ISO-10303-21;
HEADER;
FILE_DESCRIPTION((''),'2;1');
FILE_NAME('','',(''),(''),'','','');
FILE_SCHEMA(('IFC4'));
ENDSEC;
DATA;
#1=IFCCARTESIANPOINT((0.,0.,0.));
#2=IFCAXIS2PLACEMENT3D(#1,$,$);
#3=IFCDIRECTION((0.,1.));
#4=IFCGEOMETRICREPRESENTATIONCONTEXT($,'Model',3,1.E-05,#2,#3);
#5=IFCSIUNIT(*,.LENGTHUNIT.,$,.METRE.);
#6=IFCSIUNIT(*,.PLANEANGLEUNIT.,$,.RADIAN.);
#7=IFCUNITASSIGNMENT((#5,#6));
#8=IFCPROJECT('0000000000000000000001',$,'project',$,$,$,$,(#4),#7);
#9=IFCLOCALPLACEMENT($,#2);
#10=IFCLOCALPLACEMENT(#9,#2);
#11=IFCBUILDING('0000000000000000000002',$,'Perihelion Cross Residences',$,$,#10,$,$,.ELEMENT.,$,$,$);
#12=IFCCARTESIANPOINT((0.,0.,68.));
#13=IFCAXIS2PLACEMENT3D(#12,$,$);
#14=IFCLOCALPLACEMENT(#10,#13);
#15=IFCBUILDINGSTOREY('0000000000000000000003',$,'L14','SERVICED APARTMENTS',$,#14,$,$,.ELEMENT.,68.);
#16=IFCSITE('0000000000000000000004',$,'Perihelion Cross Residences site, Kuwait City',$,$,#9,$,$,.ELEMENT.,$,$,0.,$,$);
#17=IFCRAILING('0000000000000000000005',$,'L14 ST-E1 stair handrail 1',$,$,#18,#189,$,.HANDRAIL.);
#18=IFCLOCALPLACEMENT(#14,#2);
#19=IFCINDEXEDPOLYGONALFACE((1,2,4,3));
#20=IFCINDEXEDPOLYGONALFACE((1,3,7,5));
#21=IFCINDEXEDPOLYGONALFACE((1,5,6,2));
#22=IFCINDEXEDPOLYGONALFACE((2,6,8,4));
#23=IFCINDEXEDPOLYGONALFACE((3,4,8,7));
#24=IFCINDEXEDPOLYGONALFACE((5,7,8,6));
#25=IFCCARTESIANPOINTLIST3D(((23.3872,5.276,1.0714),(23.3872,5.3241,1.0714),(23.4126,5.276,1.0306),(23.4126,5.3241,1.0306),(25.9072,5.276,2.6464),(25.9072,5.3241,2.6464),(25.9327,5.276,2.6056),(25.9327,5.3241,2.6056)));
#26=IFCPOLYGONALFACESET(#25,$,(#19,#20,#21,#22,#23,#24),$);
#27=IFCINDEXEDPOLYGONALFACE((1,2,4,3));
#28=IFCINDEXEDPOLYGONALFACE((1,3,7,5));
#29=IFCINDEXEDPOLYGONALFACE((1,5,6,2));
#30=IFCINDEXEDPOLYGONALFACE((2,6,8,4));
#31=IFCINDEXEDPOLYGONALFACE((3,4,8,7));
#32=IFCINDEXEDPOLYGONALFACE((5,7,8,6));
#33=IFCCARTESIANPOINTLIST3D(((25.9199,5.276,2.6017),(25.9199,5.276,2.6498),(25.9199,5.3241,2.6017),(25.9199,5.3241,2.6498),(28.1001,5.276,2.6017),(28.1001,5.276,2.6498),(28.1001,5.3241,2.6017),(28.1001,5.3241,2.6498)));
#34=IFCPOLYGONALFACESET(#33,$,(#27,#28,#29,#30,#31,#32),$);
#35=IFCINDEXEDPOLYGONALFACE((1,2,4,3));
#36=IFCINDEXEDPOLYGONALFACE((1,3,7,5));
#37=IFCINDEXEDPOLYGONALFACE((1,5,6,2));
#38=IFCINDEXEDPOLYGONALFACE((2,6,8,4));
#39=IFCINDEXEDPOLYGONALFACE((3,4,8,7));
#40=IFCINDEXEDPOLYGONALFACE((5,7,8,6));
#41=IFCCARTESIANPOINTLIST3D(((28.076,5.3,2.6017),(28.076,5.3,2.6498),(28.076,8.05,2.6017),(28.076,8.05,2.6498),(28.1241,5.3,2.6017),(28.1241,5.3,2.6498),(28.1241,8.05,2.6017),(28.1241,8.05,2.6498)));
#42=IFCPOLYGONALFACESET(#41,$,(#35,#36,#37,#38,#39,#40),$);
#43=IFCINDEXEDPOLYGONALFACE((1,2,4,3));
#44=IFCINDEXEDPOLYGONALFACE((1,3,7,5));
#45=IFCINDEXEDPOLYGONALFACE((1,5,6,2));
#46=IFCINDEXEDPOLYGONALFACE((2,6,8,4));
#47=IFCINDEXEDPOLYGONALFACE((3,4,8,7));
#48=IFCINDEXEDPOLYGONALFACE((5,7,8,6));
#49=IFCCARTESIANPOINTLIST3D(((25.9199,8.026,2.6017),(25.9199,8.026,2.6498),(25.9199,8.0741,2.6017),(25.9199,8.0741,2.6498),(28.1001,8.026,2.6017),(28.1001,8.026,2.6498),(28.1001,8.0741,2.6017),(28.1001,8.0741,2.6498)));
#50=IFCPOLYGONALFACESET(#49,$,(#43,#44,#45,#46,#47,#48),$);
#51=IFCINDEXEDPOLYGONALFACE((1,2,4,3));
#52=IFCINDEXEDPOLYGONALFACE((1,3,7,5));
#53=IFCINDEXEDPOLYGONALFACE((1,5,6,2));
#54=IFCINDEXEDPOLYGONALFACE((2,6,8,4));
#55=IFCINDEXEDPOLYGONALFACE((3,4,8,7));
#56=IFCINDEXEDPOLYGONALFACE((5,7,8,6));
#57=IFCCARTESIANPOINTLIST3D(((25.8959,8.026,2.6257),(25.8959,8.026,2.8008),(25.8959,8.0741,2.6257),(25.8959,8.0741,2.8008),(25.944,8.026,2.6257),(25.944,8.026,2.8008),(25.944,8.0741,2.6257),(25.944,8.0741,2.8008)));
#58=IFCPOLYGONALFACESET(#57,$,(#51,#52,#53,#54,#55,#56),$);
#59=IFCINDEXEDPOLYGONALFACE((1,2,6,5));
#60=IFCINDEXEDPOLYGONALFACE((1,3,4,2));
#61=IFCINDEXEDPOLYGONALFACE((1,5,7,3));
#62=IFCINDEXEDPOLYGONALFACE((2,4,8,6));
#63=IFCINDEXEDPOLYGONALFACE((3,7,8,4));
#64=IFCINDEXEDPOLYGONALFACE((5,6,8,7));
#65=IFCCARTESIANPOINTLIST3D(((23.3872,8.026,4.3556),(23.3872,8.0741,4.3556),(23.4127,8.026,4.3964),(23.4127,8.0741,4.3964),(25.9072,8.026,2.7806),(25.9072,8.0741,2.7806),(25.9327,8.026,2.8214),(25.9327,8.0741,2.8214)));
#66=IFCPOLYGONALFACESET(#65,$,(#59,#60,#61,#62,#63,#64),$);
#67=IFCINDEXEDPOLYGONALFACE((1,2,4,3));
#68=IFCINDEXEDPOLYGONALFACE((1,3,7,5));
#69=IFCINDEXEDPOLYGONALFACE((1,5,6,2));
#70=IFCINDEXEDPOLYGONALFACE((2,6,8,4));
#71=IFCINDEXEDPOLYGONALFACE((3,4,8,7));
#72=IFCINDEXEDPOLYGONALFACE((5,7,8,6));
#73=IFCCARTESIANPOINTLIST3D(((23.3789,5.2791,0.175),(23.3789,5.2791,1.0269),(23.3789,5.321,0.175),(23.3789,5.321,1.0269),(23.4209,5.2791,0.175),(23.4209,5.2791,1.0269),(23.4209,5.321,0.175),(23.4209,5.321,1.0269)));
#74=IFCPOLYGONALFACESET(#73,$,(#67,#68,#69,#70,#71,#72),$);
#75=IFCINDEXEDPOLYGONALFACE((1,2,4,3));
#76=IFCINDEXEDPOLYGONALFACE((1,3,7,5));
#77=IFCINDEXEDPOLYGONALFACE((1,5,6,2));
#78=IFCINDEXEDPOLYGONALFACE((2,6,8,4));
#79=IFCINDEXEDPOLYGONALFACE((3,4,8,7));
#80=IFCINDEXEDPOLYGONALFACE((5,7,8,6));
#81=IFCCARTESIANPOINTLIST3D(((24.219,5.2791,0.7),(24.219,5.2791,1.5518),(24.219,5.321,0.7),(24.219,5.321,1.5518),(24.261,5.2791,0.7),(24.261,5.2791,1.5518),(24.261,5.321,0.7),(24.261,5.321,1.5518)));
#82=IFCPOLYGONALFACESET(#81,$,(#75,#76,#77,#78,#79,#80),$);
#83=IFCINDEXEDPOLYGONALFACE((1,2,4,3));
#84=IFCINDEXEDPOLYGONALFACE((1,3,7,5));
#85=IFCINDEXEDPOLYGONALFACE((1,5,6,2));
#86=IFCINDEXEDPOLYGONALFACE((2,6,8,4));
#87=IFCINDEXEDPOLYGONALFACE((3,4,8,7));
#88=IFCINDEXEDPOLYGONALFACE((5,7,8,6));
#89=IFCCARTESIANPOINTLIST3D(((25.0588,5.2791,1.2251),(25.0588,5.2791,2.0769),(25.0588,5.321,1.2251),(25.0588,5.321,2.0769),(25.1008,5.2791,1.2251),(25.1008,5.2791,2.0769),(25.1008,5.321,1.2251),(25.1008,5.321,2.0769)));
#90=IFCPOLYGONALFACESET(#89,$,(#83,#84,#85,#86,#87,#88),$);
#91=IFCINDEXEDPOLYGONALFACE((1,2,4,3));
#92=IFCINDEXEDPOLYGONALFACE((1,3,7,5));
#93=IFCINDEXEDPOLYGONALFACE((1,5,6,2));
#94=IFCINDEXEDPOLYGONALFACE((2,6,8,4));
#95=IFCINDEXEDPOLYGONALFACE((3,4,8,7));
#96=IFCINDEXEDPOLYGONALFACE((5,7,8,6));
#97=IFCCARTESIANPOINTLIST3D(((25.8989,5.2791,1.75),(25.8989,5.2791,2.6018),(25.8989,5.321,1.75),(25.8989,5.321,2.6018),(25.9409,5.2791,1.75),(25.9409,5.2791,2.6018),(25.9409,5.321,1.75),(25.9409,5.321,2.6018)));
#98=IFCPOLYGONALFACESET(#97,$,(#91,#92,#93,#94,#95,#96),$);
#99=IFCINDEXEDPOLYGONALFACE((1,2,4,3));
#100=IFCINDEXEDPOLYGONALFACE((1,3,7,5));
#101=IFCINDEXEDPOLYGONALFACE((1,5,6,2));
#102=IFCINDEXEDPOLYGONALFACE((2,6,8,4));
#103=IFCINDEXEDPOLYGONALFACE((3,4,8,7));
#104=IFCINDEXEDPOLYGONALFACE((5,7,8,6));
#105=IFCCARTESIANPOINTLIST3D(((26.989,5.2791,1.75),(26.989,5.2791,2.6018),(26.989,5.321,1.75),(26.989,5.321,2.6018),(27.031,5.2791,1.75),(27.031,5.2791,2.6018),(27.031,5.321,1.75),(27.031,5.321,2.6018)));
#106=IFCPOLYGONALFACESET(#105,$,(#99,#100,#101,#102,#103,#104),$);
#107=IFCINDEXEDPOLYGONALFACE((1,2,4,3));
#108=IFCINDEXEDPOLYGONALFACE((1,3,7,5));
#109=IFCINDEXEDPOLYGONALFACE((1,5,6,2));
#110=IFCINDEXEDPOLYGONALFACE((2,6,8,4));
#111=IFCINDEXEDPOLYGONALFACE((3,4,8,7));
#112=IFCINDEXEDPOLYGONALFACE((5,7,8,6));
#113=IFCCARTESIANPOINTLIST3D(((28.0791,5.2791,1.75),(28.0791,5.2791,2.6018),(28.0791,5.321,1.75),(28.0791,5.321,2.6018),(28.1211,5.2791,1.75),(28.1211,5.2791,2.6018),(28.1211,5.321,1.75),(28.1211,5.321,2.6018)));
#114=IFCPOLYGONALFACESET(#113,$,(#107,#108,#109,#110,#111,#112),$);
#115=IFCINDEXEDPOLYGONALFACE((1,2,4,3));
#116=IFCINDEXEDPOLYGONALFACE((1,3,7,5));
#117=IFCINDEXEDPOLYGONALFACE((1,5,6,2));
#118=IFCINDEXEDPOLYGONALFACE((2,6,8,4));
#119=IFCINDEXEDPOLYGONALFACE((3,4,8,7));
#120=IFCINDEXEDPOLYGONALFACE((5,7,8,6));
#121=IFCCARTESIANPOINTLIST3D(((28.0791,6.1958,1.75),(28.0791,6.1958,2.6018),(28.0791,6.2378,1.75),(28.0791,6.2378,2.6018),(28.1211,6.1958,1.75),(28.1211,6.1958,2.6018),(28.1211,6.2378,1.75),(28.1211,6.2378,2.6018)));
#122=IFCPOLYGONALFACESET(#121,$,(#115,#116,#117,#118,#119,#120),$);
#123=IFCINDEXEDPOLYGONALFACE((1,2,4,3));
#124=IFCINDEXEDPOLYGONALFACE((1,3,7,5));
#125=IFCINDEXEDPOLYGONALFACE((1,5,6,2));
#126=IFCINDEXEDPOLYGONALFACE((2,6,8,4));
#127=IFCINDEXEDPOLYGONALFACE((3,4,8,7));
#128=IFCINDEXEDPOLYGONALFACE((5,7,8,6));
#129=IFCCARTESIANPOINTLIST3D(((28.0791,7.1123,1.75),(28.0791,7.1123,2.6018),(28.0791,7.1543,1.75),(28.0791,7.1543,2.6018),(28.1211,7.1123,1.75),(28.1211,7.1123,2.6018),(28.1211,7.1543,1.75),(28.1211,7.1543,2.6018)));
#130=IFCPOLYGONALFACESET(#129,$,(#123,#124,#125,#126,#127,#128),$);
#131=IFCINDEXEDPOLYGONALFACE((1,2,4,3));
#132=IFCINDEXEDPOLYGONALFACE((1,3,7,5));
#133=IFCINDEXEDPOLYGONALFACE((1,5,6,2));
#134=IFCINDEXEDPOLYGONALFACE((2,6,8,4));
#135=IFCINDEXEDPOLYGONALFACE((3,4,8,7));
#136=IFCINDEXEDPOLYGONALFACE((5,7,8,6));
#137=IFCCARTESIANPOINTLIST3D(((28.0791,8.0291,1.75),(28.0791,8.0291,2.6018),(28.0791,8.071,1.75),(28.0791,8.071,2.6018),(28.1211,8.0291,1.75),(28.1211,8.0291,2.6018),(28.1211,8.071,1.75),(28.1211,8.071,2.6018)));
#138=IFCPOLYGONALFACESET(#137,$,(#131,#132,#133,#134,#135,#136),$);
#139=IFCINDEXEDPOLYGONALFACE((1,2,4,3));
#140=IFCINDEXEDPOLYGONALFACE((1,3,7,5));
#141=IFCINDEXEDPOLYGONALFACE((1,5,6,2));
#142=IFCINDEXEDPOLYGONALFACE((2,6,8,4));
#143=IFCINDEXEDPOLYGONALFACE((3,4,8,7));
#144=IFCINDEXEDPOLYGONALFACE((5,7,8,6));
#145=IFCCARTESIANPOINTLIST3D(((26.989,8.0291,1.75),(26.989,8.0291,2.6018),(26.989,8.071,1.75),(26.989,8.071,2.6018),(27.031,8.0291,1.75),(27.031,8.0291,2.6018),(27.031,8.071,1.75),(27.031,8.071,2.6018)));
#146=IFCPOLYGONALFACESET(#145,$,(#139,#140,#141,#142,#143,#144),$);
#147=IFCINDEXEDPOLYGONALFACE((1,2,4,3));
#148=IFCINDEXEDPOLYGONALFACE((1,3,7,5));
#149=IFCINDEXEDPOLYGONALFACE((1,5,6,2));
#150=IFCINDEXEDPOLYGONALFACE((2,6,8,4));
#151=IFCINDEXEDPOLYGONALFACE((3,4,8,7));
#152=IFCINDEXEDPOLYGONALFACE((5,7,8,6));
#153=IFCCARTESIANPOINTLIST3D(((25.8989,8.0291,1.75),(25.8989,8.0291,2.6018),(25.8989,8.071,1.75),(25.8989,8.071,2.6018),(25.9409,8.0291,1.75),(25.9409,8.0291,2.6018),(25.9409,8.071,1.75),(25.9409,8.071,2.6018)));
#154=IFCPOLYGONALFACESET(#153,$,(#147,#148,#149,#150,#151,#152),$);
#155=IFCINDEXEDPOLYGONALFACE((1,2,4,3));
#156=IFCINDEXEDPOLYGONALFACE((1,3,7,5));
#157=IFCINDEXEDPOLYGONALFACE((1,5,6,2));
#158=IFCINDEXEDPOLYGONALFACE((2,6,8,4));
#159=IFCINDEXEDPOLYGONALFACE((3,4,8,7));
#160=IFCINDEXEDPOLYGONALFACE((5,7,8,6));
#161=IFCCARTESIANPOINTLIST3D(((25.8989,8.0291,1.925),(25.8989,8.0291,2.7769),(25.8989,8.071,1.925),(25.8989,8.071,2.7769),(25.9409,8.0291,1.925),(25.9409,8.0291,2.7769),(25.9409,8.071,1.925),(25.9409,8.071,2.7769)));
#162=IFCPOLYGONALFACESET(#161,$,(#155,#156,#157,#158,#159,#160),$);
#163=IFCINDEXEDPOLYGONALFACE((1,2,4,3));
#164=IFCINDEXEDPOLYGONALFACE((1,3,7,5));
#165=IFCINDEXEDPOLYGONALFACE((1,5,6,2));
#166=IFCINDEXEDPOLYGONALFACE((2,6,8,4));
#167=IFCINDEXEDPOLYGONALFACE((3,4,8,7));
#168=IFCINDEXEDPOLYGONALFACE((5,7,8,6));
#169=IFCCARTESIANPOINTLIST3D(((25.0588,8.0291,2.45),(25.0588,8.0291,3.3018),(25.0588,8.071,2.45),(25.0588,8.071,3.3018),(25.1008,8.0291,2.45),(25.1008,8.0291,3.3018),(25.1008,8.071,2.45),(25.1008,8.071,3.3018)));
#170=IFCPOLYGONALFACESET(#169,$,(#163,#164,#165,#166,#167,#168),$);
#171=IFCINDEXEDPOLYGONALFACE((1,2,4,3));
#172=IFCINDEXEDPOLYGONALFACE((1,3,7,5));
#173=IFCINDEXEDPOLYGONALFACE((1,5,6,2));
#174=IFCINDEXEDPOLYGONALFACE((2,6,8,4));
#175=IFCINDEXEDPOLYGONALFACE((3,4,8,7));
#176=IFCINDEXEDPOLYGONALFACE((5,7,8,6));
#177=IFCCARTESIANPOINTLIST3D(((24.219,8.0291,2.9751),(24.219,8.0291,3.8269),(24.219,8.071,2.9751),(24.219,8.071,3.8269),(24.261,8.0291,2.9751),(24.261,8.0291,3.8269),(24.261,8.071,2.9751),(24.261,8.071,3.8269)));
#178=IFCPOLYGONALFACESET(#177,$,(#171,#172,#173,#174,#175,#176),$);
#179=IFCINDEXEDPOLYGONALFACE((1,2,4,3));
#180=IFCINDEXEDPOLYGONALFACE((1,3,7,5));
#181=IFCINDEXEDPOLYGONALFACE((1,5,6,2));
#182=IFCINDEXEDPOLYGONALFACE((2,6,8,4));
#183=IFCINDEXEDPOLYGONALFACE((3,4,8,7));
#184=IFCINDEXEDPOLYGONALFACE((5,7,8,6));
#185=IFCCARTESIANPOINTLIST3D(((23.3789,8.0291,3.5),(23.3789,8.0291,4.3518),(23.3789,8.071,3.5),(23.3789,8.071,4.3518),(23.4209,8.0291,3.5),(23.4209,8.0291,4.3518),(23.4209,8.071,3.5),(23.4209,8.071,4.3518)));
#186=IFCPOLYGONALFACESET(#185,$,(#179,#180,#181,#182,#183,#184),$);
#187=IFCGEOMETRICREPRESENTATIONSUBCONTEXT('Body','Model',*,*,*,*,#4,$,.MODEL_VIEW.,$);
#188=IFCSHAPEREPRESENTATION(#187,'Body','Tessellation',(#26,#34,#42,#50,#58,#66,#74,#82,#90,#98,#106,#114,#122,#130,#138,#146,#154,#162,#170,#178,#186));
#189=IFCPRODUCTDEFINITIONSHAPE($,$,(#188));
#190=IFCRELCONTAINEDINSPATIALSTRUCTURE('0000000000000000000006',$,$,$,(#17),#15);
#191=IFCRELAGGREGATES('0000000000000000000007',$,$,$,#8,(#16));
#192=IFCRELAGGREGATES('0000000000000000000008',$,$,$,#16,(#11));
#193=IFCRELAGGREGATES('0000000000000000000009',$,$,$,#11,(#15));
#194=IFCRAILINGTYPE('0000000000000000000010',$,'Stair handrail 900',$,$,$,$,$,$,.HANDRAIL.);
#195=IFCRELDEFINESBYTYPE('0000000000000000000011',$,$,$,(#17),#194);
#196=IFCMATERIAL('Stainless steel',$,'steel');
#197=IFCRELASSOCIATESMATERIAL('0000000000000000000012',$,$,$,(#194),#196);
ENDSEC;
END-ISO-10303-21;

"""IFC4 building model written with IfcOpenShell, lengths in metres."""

from ifc_helpers import new_model, si_unit, direction, frame, origin, origin_2d, place, context, subcontext, project, spatial, rectangle, extrude, material, type_object, element, save


model = new_model("IFC4")

# Units and contexts
model_context = context("Model", 3, precision=1e-05, world=origin(), true_north=direction((0.0, 1.0)))
body_context = subcontext(model_context, "Body", "Model", "MODEL_VIEW")
ifc_project = project(units=[si_unit("LENGTHUNIT", "METRE"), si_unit("PLANEANGLEUNIT", "RADIAN")], contexts=[model_context])

# Site, building, storey
site_placement = place(None, origin())
site = spatial("IfcSite", under=ifc_project, at=site_placement, Name="Perihelion Cross Residences site, Kuwait City", CompositionType="ELEMENT", RefElevation=0.0)
building_placement = place(site_placement, origin())
building = spatial("IfcBuilding", under=site, at=building_placement, Name="Perihelion Cross Residences", CompositionType="ELEMENT")
storey_placement = place(building_placement, frame((0.0, 0.0, 68.0)))
storey = spatial("IfcBuildingStorey", under=building, at=storey_placement, Name="L14", Description="SERVICED APARTMENTS", CompositionType="ELEMENT", Elevation=68.0)

# Railing
ifc_material_1 = material(Name="Stainless steel", Category="steel")
railing_type_1 = type_object("IfcRailingType", Name="Stair handrail 900", PredefinedType="HANDRAIL", material=ifc_material_1)
railing_1_placement = place(storey_placement, frame((23.3999, 5.3, 0.175)))
element("IfcRailing", 1, at=railing_1_placement, inside=storey, type_object=railing_type_1, Name="L14 ST-E1 stair handrail 1", PredefinedType="HANDRAIL", context=body_context, shape_type="SweptSolid", body=[
    extrude(rectangle(XDim=0.0481, YDim=0.0481, at=origin_2d()), frame((0.0, 0.0, 0.876), z_axis=(0.848008, 0.0, 0.529984), x_axis=(0.0, 1.0, 0.0)), (0.0, 0.0, 1.0), 2.9717),
    extrude(rectangle(XDim=0.0481, YDim=0.0481, at=origin_2d()), frame((2.52, 0.0, 2.4507), z_axis=(1.0, 0.0, 0.0), x_axis=(0.0, 1.0, 0.0)), (0.0, 0.0, 1.0), 2.1802),
    extrude(rectangle(XDim=0.0481, YDim=0.0481, at=origin_2d()), frame((4.7002, 0.0, 2.4507), z_axis=(0.0, 1.0, 0.0), x_axis=(-1.0, 0.0, 0.0)), (0.0, 0.0, 1.0), 2.75),
    extrude(rectangle(XDim=0.0481, YDim=0.0481, at=origin_2d()), frame((4.7002, 2.75, 2.4507), z_axis=(-1.0, 0.0, 0.0), x_axis=(0.0, -1.0, 0.0)), (0.0, 0.0, 1.0), 2.1802),
    extrude(rectangle(XDim=0.0481, YDim=0.0481, at=origin_2d()), frame((2.52, 2.75, 2.4507), z_axis=(0.0, 0.0, 1.0), x_axis=(1.0, 0.0, 0.0)), (0.0, 0.0, 1.0), 0.175),
    extrude(rectangle(XDim=0.0481, YDim=0.0481, at=origin_2d()), frame((2.52, 2.75, 2.626), z_axis=(-0.848008, 0.0, 0.529984), x_axis=(0.0, -1.0, 0.0)), (0.0, 0.0, 1.0), 2.9717),
    extrude(rectangle(XDim=0.042, YDim=0.042, at=origin_2d()), origin(), (0.0, 0.0, 1.0), 0.8518),
    extrude(rectangle(XDim=0.042, YDim=0.042, at=origin_2d()), frame((0.8401, 0.0, 0.5249)), (0.0, 0.0, 1.0), 0.8518),
    extrude(rectangle(XDim=0.042, YDim=0.042, at=origin_2d()), frame((1.6799, 0.0, 1.05)), (0.0, 0.0, 1.0), 0.8518),
    extrude(rectangle(XDim=0.042, YDim=0.042, at=origin_2d()), frame((2.52, 0.0, 1.575)), (0.0, 0.0, 1.0), 0.8518),
    extrude(rectangle(XDim=0.042, YDim=0.042, at=origin_2d()), frame((3.6101, 0.0, 1.575)), (0.0, 0.0, 1.0), 0.8518),
    extrude(rectangle(XDim=0.042, YDim=0.042, at=origin_2d()), frame((4.7002, 0.0, 1.575)), (0.0, 0.0, 1.0), 0.8518),
    extrude(rectangle(XDim=0.042, YDim=0.042, at=origin_2d()), frame((4.7002, 0.9167, 1.575)), (0.0, 0.0, 1.0), 0.8518),
    extrude(rectangle(XDim=0.042, YDim=0.042, at=origin_2d()), frame((4.7002, 1.8333, 1.575)), (0.0, 0.0, 1.0), 0.8518),
    extrude(rectangle(XDim=0.042, YDim=0.042, at=origin_2d()), frame((4.7002, 2.75, 1.575)), (0.0, 0.0, 1.0), 0.8518),
    extrude(rectangle(XDim=0.042, YDim=0.042, at=origin_2d()), frame((3.6101, 2.75, 1.575)), (0.0, 0.0, 1.0), 0.8518),
    extrude(rectangle(XDim=0.042, YDim=0.042, at=origin_2d()), frame((2.52, 2.75, 1.575)), (0.0, 0.0, 1.0), 0.8518),
    extrude(rectangle(XDim=0.042, YDim=0.042, at=origin_2d()), frame((2.52, 2.75, 1.75)), (0.0, 0.0, 1.0), 0.8518),
    extrude(rectangle(XDim=0.042, YDim=0.042, at=origin_2d()), frame((1.6799, 2.75, 2.2749)), (0.0, 0.0, 1.0), 0.8518),
    extrude(rectangle(XDim=0.042, YDim=0.042, at=origin_2d()), frame((0.8401, 2.75, 2.8)), (0.0, 0.0, 1.0), 0.8518),
    extrude(rectangle(XDim=0.042, YDim=0.042, at=origin_2d()), frame((0.0, 2.75, 3.325)), (0.0, 0.0, 1.0), 0.8518),
])

save(model, "model.ifc")
